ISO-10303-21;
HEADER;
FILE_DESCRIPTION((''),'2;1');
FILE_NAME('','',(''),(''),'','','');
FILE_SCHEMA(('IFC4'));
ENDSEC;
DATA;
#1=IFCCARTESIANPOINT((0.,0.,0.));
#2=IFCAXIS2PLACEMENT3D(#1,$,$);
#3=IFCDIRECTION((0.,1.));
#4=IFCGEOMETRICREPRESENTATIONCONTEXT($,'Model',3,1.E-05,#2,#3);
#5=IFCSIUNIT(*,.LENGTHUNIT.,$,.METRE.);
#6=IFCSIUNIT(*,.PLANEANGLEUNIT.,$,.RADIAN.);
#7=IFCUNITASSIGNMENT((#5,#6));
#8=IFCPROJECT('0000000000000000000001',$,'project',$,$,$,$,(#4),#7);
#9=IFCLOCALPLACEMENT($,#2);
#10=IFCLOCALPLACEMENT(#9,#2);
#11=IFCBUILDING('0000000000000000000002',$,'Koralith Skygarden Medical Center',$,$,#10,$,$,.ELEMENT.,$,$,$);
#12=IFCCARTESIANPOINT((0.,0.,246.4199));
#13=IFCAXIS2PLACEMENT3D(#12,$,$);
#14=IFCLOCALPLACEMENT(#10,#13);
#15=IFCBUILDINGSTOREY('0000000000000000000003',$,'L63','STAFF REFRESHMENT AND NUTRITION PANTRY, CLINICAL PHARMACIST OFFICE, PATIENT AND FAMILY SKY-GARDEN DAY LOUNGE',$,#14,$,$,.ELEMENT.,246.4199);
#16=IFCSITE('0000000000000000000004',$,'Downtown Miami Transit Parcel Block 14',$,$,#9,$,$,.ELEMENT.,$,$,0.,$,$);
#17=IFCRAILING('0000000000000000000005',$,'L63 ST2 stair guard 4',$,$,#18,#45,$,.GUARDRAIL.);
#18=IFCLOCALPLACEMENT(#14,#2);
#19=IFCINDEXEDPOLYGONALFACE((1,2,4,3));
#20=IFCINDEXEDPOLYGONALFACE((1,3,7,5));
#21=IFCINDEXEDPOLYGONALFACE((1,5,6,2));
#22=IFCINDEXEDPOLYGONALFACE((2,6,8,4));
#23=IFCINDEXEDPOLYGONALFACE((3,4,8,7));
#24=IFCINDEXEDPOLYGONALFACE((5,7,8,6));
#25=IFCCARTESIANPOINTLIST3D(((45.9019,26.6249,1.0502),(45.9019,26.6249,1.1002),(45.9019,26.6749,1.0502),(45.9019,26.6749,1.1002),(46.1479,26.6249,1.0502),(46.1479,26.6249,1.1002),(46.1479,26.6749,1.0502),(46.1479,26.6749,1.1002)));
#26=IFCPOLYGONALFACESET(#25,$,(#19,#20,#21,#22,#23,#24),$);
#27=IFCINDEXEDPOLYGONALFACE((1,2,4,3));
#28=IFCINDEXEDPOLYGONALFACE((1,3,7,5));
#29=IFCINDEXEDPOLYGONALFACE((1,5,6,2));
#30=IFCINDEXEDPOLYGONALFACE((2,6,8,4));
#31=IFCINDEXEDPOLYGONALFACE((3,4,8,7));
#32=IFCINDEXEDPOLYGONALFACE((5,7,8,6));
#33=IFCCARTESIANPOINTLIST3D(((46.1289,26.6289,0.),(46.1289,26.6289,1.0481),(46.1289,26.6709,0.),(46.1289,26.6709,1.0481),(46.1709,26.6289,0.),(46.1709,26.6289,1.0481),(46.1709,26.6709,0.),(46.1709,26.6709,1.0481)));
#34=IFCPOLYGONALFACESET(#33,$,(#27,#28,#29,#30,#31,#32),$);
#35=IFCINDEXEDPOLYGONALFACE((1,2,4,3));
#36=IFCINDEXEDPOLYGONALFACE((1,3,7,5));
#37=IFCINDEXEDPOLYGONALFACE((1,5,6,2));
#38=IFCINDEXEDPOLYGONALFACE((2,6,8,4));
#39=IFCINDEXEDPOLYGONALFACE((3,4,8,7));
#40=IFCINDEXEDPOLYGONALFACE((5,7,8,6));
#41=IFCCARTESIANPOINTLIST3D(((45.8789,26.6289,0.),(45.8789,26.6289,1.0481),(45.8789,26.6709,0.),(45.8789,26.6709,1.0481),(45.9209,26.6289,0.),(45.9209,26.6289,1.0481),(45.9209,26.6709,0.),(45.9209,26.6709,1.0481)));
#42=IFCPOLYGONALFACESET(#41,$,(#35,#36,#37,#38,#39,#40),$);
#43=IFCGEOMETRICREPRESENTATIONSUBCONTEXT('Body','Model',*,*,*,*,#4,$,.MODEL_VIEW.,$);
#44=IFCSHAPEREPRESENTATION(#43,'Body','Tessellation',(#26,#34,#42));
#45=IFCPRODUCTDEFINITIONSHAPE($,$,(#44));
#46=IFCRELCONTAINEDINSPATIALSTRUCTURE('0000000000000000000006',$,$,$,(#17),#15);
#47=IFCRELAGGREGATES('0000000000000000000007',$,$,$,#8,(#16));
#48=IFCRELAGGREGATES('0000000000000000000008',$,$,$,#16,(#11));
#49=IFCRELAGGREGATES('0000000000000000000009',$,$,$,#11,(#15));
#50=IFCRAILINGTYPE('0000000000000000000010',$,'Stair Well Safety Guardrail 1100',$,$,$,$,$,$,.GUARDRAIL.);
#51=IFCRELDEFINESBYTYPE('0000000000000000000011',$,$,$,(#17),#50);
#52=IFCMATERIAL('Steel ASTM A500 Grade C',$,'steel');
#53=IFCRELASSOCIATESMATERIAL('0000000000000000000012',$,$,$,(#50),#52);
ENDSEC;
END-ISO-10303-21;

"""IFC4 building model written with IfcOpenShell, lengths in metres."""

from ifc_helpers import new_model, si_unit, direction, frame, origin, origin_2d, place, context, subcontext, project, spatial, rectangle, extrude, material, type_object, element, save


model = new_model("IFC4")

# Units and contexts
model_context = context("Model", 3, precision=1e-05, world=origin(), true_north=direction((0.0, 1.0)))
body_context = subcontext(model_context, "Body", "Model", "MODEL_VIEW")
ifc_project = project(units=[si_unit("LENGTHUNIT", "METRE"), si_unit("PLANEANGLEUNIT", "RADIAN")], contexts=[model_context])

# Site, building, storey
site_placement = place(None, origin())
site = spatial("IfcSite", under=ifc_project, at=site_placement, Name="Downtown Miami Transit Parcel Block 14", CompositionType="ELEMENT", RefElevation=0.0)
building_placement = place(site_placement, origin())
building = spatial("IfcBuilding", under=site, at=building_placement, Name="Koralith Skygarden Medical Center", CompositionType="ELEMENT")
storey_placement = place(building_placement, frame((0.0, 0.0, 246.4199)))
storey = spatial("IfcBuildingStorey", under=building, at=storey_placement, Name="L63", Description="STAFF REFRESHMENT AND NUTRITION PANTRY, CLINICAL PHARMACIST OFFICE, PATIENT AND FAMILY SKY-GARDEN DAY LOUNGE", CompositionType="ELEMENT", Elevation=246.4199)

# Shared definitions
ifc_material_1 = material(Name="Steel ASTM A500 Grade C", Category="steel")

# Railing
railing_type_1 = type_object("IfcRailingType", Name="Stair Well Safety Guardrail 1100", PredefinedType="GUARDRAIL", material=ifc_material_1)
railing_1_placement = place(storey_placement, frame((46.1499, 26.6499, 0.0)))
element("IfcRailing", 1, at=railing_1_placement, inside=storey, type_object=railing_type_1, Name="L63 ST2 stair guard 4", PredefinedType="GUARDRAIL", context=body_context, shape_type="SweptSolid", body=[
    extrude(rectangle(XDim=0.05, YDim=0.05, at=origin_2d()), frame((-0.002, 0.0, 1.0752), z_axis=(-1.0, 0.0, 0.0), x_axis=(0.0, -1.0, 0.0)), (0.0, 0.0, 1.0), 0.2461),
    extrude(rectangle(XDim=0.042, YDim=0.042, at=origin_2d()), origin(), (0.0, 0.0, 1.0), 1.0481),
    extrude(rectangle(XDim=0.042, YDim=0.042, at=origin_2d()), frame((-0.25, 0.0, 0.0)), (0.0, 0.0, 1.0), 1.0481),
])

save(model, "model.ifc")
